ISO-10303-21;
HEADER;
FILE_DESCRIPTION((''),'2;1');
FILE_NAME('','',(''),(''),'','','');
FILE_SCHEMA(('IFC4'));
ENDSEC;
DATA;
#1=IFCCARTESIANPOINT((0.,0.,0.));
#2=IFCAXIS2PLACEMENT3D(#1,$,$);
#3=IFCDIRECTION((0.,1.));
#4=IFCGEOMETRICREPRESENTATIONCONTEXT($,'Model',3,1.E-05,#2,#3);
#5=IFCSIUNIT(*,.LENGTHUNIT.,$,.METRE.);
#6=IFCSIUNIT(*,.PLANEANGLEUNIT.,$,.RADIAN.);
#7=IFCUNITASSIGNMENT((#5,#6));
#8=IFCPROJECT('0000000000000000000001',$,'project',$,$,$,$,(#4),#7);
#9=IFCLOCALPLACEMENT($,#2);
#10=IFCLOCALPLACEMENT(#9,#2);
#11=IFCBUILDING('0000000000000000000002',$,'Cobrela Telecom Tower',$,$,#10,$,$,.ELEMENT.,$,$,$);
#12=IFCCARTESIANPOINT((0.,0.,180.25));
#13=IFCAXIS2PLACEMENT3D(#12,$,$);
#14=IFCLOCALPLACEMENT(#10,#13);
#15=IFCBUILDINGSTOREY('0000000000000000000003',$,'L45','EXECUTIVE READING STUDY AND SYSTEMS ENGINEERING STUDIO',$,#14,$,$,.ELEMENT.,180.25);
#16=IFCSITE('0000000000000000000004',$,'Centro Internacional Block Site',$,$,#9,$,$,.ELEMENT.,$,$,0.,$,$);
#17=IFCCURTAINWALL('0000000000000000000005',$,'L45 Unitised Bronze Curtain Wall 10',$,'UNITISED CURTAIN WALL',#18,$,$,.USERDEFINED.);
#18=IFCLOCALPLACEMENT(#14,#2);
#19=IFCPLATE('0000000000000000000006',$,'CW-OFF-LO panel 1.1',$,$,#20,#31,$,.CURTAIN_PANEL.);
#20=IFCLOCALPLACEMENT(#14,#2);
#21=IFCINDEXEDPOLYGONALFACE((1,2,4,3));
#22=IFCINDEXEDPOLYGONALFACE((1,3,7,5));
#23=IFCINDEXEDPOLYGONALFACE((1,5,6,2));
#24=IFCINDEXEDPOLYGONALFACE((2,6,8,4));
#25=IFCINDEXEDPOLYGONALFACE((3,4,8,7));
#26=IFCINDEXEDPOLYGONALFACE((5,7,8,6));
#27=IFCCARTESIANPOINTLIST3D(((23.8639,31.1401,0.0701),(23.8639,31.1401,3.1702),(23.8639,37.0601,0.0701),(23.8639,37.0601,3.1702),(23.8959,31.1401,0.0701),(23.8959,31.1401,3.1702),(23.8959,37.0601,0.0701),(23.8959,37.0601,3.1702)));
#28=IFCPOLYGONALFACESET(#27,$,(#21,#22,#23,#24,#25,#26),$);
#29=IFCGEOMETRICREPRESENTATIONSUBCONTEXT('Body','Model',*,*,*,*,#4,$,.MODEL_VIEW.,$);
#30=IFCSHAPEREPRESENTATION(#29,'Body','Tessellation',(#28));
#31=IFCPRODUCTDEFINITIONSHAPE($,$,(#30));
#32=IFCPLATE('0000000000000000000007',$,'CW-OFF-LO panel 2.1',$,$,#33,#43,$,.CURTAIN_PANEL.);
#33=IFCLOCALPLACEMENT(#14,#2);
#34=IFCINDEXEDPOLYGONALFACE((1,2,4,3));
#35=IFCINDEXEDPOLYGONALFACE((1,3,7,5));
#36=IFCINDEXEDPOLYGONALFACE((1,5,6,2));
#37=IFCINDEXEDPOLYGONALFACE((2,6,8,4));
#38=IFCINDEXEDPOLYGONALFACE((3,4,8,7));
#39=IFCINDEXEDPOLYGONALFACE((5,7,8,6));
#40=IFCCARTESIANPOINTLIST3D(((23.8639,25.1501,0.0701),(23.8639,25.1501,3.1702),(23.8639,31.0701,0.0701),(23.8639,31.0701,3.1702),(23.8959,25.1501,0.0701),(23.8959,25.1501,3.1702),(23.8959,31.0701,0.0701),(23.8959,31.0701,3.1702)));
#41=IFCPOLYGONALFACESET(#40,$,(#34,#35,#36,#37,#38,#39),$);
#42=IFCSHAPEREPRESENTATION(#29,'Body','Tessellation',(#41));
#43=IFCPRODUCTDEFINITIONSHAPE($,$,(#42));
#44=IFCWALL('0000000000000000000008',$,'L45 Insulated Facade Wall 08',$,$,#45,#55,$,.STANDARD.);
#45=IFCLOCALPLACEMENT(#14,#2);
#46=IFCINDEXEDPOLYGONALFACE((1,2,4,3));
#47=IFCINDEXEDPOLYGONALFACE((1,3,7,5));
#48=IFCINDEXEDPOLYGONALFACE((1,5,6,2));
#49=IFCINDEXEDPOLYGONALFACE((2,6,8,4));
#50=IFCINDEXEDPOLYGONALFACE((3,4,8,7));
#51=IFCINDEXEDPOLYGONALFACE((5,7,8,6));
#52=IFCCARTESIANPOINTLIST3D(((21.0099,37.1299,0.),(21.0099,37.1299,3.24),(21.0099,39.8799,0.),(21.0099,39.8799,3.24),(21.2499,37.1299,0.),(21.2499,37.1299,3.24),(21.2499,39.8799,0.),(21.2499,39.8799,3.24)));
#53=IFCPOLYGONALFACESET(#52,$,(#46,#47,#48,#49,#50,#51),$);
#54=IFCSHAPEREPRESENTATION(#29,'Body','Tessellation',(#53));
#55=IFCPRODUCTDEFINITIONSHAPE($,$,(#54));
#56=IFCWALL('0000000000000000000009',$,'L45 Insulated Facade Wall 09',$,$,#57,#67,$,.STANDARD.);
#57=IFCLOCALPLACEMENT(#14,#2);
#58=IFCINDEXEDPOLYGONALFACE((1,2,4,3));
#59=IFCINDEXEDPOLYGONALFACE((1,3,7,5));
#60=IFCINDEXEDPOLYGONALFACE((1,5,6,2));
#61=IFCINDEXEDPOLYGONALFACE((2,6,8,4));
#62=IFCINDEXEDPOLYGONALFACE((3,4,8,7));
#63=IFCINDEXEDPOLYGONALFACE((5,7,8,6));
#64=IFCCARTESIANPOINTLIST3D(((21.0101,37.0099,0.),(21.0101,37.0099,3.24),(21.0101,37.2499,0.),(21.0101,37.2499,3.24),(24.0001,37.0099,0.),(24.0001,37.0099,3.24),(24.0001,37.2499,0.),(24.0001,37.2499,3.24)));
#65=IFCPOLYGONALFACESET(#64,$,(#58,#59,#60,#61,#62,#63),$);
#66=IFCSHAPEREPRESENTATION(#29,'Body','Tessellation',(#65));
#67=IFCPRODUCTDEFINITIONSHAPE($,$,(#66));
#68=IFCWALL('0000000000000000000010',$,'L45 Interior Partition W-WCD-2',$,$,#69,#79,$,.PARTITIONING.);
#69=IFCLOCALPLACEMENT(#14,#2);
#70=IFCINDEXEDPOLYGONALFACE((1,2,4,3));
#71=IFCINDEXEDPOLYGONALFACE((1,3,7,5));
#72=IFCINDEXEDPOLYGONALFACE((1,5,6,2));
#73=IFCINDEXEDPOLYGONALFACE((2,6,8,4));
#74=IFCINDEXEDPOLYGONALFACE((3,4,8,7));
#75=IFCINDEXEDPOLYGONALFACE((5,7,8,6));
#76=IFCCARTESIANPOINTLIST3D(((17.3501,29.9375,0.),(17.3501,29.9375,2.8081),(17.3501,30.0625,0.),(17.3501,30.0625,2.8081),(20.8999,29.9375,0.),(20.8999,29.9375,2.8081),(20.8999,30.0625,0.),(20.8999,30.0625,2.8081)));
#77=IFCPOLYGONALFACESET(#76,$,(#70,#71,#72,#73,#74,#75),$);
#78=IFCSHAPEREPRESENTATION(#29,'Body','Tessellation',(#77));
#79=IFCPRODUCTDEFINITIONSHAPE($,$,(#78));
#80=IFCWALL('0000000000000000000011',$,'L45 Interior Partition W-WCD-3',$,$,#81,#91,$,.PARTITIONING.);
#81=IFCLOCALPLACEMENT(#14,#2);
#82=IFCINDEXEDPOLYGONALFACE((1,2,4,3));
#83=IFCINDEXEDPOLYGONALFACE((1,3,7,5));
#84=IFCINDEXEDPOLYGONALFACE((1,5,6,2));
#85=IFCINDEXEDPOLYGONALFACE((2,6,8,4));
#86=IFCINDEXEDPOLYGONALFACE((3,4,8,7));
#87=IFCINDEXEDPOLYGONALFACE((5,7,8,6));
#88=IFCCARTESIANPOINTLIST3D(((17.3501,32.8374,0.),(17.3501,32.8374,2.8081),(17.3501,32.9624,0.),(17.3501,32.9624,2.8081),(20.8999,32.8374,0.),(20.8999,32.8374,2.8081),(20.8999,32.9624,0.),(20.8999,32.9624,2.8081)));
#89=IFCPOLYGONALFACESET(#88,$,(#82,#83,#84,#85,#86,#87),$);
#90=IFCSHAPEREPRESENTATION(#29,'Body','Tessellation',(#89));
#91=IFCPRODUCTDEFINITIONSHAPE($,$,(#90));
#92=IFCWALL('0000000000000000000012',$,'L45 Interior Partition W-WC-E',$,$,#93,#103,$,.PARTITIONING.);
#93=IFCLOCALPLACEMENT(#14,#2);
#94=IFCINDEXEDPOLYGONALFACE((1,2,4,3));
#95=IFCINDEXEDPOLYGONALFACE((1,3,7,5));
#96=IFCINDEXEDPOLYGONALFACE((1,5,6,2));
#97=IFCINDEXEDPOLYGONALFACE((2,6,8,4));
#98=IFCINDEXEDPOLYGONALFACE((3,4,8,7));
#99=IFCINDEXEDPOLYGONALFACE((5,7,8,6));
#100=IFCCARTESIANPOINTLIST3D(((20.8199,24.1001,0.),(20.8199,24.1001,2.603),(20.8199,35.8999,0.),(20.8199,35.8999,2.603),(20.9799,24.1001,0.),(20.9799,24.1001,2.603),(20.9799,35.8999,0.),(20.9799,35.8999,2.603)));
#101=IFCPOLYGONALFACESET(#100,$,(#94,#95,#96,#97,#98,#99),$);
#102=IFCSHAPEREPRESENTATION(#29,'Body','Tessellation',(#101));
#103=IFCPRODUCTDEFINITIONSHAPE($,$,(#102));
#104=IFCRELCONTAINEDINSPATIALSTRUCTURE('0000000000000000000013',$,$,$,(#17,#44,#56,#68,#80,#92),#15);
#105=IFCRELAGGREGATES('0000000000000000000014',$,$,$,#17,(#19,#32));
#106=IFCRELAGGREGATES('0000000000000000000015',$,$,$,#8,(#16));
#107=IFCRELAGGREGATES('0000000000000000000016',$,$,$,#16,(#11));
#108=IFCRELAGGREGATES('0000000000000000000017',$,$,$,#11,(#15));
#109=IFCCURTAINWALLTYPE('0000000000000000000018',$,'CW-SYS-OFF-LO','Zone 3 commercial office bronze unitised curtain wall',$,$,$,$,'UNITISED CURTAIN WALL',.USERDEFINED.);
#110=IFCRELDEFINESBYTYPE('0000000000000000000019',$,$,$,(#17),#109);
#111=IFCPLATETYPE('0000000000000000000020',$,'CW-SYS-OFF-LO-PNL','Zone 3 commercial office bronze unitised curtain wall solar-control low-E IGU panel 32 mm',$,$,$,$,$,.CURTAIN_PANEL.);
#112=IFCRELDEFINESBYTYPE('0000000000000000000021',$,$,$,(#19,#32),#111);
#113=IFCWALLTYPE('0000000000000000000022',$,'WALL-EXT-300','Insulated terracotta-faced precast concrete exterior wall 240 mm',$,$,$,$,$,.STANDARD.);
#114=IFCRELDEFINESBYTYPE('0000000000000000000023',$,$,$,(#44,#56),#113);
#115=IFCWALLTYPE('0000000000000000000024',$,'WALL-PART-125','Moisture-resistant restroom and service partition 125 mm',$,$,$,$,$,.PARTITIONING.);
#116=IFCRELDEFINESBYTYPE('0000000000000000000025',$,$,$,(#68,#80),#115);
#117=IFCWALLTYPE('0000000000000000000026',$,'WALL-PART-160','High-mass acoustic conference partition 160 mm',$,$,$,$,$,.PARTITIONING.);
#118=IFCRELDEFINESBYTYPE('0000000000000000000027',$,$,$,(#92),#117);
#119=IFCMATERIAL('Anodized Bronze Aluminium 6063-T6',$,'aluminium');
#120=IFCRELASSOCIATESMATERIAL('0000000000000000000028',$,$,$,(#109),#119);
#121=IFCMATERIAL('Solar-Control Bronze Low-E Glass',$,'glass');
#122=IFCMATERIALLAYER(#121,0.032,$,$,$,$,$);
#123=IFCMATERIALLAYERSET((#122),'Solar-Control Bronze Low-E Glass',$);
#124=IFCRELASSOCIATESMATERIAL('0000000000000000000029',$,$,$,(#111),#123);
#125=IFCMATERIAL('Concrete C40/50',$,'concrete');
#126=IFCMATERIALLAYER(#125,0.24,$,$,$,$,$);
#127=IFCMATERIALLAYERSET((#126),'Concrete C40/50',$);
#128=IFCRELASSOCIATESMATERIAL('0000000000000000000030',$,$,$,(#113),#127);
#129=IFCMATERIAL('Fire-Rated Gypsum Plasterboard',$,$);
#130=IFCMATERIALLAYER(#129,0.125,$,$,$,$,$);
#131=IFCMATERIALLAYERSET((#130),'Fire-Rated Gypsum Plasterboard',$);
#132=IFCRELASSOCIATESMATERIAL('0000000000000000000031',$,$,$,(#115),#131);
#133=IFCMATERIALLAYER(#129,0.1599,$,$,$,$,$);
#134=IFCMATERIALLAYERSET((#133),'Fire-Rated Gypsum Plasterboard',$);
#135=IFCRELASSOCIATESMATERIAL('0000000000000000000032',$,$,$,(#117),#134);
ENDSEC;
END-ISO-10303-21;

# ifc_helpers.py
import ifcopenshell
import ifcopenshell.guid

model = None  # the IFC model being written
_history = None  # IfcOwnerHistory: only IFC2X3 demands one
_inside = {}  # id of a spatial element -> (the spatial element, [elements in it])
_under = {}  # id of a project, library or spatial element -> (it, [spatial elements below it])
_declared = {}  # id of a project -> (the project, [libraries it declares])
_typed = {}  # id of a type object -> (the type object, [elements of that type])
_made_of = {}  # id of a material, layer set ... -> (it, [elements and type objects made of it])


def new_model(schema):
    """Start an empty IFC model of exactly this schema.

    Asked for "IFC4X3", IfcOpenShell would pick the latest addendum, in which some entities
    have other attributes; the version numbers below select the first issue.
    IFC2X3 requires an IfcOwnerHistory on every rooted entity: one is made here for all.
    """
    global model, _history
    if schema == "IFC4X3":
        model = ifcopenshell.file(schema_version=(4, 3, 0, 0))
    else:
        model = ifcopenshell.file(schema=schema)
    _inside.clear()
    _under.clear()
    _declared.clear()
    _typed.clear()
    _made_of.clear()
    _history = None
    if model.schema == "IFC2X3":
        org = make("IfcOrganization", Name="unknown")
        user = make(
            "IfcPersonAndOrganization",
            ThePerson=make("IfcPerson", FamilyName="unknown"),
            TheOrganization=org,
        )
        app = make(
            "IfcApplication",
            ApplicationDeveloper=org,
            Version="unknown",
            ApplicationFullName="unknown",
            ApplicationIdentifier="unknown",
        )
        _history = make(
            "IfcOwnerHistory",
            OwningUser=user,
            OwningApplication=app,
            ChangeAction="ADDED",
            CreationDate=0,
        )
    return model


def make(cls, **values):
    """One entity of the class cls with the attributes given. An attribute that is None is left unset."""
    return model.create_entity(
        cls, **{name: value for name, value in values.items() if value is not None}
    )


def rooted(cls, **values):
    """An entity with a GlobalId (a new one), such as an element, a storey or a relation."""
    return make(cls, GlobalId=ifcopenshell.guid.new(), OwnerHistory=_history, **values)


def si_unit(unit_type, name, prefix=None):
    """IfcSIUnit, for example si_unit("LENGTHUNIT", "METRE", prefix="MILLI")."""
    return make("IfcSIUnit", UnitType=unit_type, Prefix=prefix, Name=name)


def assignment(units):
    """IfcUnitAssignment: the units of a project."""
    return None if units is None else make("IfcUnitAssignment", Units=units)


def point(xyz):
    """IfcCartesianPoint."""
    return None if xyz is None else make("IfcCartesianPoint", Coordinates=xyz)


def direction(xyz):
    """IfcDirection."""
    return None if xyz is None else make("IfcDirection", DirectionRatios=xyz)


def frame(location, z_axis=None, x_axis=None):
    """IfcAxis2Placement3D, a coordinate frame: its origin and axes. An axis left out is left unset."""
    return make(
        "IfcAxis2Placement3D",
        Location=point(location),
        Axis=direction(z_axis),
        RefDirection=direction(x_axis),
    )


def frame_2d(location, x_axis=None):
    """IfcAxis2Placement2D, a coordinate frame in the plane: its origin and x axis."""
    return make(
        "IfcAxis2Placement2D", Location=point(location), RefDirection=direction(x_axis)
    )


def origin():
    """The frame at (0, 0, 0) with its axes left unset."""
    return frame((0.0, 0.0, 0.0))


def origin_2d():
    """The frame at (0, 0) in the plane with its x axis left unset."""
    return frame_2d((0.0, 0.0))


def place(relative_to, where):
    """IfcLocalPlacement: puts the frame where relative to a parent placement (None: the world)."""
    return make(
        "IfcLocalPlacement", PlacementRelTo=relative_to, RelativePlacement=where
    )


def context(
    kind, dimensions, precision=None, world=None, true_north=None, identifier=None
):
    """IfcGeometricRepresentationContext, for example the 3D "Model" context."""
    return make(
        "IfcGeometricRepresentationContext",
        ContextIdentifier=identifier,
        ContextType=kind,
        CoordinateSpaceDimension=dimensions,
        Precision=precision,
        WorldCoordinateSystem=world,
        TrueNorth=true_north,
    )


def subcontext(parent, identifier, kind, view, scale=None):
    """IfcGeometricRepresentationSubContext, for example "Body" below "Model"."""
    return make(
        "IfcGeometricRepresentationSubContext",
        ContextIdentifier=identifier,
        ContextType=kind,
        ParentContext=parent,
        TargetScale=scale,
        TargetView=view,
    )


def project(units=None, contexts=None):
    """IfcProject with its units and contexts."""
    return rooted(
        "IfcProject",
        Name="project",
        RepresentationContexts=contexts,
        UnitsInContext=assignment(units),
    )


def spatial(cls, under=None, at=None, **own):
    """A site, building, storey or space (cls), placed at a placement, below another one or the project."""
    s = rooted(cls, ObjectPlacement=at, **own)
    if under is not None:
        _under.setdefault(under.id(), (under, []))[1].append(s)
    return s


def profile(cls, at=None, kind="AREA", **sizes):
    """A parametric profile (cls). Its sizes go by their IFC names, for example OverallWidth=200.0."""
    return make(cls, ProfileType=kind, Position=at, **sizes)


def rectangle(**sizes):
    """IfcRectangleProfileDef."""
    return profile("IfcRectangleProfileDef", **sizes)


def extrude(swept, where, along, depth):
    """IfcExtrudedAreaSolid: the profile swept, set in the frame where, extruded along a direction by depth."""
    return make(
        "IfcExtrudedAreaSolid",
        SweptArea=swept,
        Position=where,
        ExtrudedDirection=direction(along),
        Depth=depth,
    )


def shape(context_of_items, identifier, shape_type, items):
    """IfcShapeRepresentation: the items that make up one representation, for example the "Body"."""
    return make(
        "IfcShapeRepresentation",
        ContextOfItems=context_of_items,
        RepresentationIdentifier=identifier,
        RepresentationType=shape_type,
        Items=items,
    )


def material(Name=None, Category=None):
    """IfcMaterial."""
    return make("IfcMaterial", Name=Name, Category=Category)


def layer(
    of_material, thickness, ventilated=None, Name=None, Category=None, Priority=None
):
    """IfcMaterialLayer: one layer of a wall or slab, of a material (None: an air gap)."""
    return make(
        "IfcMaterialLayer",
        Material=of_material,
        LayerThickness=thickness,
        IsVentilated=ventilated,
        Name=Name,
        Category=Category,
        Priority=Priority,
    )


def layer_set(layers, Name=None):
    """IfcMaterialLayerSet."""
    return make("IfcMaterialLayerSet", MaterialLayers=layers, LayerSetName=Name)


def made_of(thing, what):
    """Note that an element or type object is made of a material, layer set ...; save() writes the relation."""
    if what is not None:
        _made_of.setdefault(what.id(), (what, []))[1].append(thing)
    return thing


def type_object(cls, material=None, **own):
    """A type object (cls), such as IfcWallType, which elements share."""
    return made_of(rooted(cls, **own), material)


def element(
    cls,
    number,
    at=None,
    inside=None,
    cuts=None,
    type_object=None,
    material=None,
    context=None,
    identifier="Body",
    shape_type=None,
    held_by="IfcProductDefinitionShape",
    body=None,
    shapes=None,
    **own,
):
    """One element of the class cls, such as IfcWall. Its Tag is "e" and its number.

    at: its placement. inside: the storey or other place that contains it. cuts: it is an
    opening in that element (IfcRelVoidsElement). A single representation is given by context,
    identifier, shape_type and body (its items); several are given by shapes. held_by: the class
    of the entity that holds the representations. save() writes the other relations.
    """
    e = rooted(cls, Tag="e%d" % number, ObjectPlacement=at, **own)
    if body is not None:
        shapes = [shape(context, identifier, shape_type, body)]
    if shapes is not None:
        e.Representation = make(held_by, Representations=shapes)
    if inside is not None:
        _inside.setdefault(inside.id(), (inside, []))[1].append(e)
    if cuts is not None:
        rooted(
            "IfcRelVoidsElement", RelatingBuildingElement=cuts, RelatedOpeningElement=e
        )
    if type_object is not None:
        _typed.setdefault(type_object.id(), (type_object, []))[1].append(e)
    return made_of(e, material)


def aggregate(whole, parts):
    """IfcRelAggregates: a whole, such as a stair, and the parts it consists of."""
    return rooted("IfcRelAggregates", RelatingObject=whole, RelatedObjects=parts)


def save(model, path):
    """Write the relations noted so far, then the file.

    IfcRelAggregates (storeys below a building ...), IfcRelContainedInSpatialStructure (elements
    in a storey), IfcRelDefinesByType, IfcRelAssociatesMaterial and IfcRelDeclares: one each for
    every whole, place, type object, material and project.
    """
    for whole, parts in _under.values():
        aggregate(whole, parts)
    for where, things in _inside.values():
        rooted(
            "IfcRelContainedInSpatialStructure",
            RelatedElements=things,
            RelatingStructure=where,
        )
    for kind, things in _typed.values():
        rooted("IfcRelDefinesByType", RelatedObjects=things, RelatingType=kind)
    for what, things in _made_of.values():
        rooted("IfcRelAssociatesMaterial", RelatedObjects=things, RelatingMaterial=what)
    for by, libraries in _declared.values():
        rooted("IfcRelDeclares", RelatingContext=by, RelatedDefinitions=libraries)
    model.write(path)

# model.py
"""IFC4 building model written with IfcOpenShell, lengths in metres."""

from ifc_helpers import new_model, si_unit, direction, frame, frame_2d, origin, origin_2d, place, context, subcontext, project, spatial, rectangle, extrude, material, layer, layer_set, type_object, element, aggregate, save


model = new_model("IFC4")

# Units and contexts
model_context = context("Model", 3, precision=1e-05, world=origin(), true_north=direction((0.0, 1.0)))
body_context = subcontext(model_context, "Body", "Model", "MODEL_VIEW")
ifc_project = project(units=[si_unit("LENGTHUNIT", "METRE"), si_unit("PLANEANGLEUNIT", "RADIAN")], contexts=[model_context])

# Site, building, storey
site_placement = place(None, origin())
site = spatial("IfcSite", under=ifc_project, at=site_placement, Name="Centro Internacional Block Site", CompositionType="ELEMENT", RefElevation=0.0)
building_placement = place(site_placement, origin())
building = spatial("IfcBuilding", under=site, at=building_placement, Name="Cobrela Telecom Tower", CompositionType="ELEMENT")
storey_placement = place(building_placement, frame((0.0, 0.0, 180.25)))
storey = spatial("IfcBuildingStorey", under=building, at=storey_placement, Name="L45", Description="EXECUTIVE READING STUDY AND SYSTEMS ENGINEERING STUDIO", CompositionType="ELEMENT", Elevation=180.25)

# Shared definitions
ifc_material_1 = material(Name="Anodized Bronze Aluminium 6063-T6", Category="aluminium")
curtain_wall_type = type_object("IfcCurtainWallType", Name="CW-SYS-OFF-LO", Description="Zone 3 commercial office bronze unitised curtain wall", ElementType="UNITISED CURTAIN WALL", PredefinedType="USERDEFINED", material=ifc_material_1)

# Curtain wall
curtain_wall_1_placement = place(storey_placement, origin())
curtain_wall_1 = element("IfcCurtainWall", 1, at=curtain_wall_1_placement, inside=storey, type_object=curtain_wall_type, Name="L45 Unitised Bronze Curtain Wall 10", ObjectType="UNITISED CURTAIN WALL", PredefinedType="USERDEFINED")

# Plates
ifc_material_2 = material(Name="Solar-Control Bronze Low-E Glass", Category="glass")
ifc_layer_1 = layer(ifc_material_2, 0.032)
ifc_layer_set_1 = layer_set([ifc_layer_1], Name="Solar-Control Bronze Low-E Glass")
plate_type = type_object("IfcPlateType", Name="CW-SYS-OFF-LO-PNL", Description="Zone 3 commercial office bronze unitised curtain wall solar-control low-E IGU panel 32 mm", PredefinedType="CURTAIN_PANEL", material=ifc_layer_set_1)
plate_1_placement = place(storey_placement, frame((23.8799, 34.1001, 0.0701), z_axis=(0.0, 0.0, 1.0), x_axis=(0.0, -1.0, 0.0)))
plate_1 = element("IfcPlate", 2, at=plate_1_placement, type_object=plate_type, Name="CW-OFF-LO panel 1.1", PredefinedType="CURTAIN_PANEL", context=body_context, shape_type="SweptSolid", body=[
    extrude(rectangle(XDim=5.9199, YDim=0.032, at=origin_2d()), origin(), (0.0, 0.0, 1.0), 3.1001),
])
plate_2_placement = place(storey_placement, frame((23.8799, 28.1101, 0.0701), z_axis=(0.0, 0.0, 1.0), x_axis=(0.0, -1.0, 0.0)))
plate_2 = element("IfcPlate", 3, at=plate_2_placement, type_object=plate_type, Name="CW-OFF-LO panel 2.1", PredefinedType="CURTAIN_PANEL", context=body_context, shape_type="SweptSolid", body=[
    extrude(rectangle(XDim=5.9199, YDim=0.032, at=origin_2d()), origin(), (0.0, 0.0, 1.0), 3.1001),
])
aggregate(curtain_wall_1, [plate_1, plate_2])

# Walls
ifc_material_3 = material(Name="Concrete C40/50", Category="concrete")
ifc_layer_2 = layer(ifc_material_3, 0.24)
ifc_layer_set_2 = layer_set([ifc_layer_2], Name="Concrete C40/50")
wall_type_1 = type_object("IfcWallType", Name="WALL-EXT-300", Description="Insulated terracotta-faced precast concrete exterior wall 240 mm", PredefinedType="STANDARD", material=ifc_layer_set_2)
wall_1_placement = place(storey_placement, frame((21.1299, 39.8799, 0.0), z_axis=(0.0, 0.0, 1.0), x_axis=(0.0, -1.0, 0.0)))
element("IfcWall", 4, at=wall_1_placement, inside=storey, type_object=wall_type_1, Name="L45 Insulated Facade Wall 08", PredefinedType="STANDARD", context=body_context, shape_type="SweptSolid", body=[
    extrude(rectangle(XDim=2.75, YDim=0.24, at=frame_2d((1.375, 0.0))), origin(), (0.0, 0.0, 1.0), 3.24),
])
wall_2_placement = place(storey_placement, frame((21.01, 37.1299, 0.0), z_axis=(0.0, 0.0, 1.0), x_axis=(1.0, 0.0, 0.0)))
element("IfcWall", 5, at=wall_2_placement, inside=storey, type_object=wall_type_1, Name="L45 Insulated Facade Wall 09", PredefinedType="STANDARD", context=body_context, shape_type="SweptSolid", body=[
    extrude(rectangle(XDim=2.99, YDim=0.24, at=frame_2d((1.4951, 0.0))), origin(), (0.0, 0.0, 1.0), 3.24),
])
ifc_material_4 = material(Name="Fire-Rated Gypsum Plasterboard")
ifc_layer_3 = layer(ifc_material_4, 0.125)
ifc_layer_set_3 = layer_set([ifc_layer_3], Name="Fire-Rated Gypsum Plasterboard")
wall_type_2 = type_object("IfcWallType", Name="WALL-PART-125", Description="Moisture-resistant restroom and service partition 125 mm", PredefinedType="PARTITIONING", material=ifc_layer_set_3)
for number, where, z_axis, x_axis, name in (
    (6, (17.3501, 30.0, 0.0), (0.0, 0.0, 1.0), (1.0, 0.0, 0.0), "L45 Interior Partition W-WCD-2"),
    (7, (17.3501, 32.8999, 0.0), (0.0, 0.0, 1.0), (1.0, 0.0, 0.0), "L45 Interior Partition W-WCD-3"),
):
    element("IfcWall", number, at=place(storey_placement, frame(where, z_axis=z_axis, x_axis=x_axis)), inside=storey, type_object=wall_type_2, Name=name, PredefinedType="PARTITIONING", context=body_context, shape_type="SweptSolid", body=[
        extrude(rectangle(XDim=3.5498, YDim=0.125, at=frame_2d((1.7749, 0.0))), origin(), (0.0, 0.0, 1.0), 2.8081),
    ])
ifc_layer_4 = layer(ifc_material_4, 0.1599)
ifc_layer_set_4 = layer_set([ifc_layer_4], Name="Fire-Rated Gypsum Plasterboard")
wall_type_3 = type_object("IfcWallType", Name="WALL-PART-160", Description="High-mass acoustic conference partition 160 mm", PredefinedType="PARTITIONING", material=ifc_layer_set_4)
wall_3_placement = place(storey_placement, frame((20.8999, 24.1001, 0.0), z_axis=(0.0, 0.0, 1.0), x_axis=(0.0, 1.0, 0.0)))
element("IfcWall", 8, at=wall_3_placement, inside=storey, type_object=wall_type_3, Name="L45 Interior Partition W-WC-E", PredefinedType="PARTITIONING", context=body_context, shape_type="SweptSolid", body=[
    extrude(rectangle(XDim=11.7998, YDim=0.1599, at=frame_2d((5.8999, 0.0))), origin(), (0.0, 0.0, 1.0), 2.603),
])

save(model, "model.ifc")
